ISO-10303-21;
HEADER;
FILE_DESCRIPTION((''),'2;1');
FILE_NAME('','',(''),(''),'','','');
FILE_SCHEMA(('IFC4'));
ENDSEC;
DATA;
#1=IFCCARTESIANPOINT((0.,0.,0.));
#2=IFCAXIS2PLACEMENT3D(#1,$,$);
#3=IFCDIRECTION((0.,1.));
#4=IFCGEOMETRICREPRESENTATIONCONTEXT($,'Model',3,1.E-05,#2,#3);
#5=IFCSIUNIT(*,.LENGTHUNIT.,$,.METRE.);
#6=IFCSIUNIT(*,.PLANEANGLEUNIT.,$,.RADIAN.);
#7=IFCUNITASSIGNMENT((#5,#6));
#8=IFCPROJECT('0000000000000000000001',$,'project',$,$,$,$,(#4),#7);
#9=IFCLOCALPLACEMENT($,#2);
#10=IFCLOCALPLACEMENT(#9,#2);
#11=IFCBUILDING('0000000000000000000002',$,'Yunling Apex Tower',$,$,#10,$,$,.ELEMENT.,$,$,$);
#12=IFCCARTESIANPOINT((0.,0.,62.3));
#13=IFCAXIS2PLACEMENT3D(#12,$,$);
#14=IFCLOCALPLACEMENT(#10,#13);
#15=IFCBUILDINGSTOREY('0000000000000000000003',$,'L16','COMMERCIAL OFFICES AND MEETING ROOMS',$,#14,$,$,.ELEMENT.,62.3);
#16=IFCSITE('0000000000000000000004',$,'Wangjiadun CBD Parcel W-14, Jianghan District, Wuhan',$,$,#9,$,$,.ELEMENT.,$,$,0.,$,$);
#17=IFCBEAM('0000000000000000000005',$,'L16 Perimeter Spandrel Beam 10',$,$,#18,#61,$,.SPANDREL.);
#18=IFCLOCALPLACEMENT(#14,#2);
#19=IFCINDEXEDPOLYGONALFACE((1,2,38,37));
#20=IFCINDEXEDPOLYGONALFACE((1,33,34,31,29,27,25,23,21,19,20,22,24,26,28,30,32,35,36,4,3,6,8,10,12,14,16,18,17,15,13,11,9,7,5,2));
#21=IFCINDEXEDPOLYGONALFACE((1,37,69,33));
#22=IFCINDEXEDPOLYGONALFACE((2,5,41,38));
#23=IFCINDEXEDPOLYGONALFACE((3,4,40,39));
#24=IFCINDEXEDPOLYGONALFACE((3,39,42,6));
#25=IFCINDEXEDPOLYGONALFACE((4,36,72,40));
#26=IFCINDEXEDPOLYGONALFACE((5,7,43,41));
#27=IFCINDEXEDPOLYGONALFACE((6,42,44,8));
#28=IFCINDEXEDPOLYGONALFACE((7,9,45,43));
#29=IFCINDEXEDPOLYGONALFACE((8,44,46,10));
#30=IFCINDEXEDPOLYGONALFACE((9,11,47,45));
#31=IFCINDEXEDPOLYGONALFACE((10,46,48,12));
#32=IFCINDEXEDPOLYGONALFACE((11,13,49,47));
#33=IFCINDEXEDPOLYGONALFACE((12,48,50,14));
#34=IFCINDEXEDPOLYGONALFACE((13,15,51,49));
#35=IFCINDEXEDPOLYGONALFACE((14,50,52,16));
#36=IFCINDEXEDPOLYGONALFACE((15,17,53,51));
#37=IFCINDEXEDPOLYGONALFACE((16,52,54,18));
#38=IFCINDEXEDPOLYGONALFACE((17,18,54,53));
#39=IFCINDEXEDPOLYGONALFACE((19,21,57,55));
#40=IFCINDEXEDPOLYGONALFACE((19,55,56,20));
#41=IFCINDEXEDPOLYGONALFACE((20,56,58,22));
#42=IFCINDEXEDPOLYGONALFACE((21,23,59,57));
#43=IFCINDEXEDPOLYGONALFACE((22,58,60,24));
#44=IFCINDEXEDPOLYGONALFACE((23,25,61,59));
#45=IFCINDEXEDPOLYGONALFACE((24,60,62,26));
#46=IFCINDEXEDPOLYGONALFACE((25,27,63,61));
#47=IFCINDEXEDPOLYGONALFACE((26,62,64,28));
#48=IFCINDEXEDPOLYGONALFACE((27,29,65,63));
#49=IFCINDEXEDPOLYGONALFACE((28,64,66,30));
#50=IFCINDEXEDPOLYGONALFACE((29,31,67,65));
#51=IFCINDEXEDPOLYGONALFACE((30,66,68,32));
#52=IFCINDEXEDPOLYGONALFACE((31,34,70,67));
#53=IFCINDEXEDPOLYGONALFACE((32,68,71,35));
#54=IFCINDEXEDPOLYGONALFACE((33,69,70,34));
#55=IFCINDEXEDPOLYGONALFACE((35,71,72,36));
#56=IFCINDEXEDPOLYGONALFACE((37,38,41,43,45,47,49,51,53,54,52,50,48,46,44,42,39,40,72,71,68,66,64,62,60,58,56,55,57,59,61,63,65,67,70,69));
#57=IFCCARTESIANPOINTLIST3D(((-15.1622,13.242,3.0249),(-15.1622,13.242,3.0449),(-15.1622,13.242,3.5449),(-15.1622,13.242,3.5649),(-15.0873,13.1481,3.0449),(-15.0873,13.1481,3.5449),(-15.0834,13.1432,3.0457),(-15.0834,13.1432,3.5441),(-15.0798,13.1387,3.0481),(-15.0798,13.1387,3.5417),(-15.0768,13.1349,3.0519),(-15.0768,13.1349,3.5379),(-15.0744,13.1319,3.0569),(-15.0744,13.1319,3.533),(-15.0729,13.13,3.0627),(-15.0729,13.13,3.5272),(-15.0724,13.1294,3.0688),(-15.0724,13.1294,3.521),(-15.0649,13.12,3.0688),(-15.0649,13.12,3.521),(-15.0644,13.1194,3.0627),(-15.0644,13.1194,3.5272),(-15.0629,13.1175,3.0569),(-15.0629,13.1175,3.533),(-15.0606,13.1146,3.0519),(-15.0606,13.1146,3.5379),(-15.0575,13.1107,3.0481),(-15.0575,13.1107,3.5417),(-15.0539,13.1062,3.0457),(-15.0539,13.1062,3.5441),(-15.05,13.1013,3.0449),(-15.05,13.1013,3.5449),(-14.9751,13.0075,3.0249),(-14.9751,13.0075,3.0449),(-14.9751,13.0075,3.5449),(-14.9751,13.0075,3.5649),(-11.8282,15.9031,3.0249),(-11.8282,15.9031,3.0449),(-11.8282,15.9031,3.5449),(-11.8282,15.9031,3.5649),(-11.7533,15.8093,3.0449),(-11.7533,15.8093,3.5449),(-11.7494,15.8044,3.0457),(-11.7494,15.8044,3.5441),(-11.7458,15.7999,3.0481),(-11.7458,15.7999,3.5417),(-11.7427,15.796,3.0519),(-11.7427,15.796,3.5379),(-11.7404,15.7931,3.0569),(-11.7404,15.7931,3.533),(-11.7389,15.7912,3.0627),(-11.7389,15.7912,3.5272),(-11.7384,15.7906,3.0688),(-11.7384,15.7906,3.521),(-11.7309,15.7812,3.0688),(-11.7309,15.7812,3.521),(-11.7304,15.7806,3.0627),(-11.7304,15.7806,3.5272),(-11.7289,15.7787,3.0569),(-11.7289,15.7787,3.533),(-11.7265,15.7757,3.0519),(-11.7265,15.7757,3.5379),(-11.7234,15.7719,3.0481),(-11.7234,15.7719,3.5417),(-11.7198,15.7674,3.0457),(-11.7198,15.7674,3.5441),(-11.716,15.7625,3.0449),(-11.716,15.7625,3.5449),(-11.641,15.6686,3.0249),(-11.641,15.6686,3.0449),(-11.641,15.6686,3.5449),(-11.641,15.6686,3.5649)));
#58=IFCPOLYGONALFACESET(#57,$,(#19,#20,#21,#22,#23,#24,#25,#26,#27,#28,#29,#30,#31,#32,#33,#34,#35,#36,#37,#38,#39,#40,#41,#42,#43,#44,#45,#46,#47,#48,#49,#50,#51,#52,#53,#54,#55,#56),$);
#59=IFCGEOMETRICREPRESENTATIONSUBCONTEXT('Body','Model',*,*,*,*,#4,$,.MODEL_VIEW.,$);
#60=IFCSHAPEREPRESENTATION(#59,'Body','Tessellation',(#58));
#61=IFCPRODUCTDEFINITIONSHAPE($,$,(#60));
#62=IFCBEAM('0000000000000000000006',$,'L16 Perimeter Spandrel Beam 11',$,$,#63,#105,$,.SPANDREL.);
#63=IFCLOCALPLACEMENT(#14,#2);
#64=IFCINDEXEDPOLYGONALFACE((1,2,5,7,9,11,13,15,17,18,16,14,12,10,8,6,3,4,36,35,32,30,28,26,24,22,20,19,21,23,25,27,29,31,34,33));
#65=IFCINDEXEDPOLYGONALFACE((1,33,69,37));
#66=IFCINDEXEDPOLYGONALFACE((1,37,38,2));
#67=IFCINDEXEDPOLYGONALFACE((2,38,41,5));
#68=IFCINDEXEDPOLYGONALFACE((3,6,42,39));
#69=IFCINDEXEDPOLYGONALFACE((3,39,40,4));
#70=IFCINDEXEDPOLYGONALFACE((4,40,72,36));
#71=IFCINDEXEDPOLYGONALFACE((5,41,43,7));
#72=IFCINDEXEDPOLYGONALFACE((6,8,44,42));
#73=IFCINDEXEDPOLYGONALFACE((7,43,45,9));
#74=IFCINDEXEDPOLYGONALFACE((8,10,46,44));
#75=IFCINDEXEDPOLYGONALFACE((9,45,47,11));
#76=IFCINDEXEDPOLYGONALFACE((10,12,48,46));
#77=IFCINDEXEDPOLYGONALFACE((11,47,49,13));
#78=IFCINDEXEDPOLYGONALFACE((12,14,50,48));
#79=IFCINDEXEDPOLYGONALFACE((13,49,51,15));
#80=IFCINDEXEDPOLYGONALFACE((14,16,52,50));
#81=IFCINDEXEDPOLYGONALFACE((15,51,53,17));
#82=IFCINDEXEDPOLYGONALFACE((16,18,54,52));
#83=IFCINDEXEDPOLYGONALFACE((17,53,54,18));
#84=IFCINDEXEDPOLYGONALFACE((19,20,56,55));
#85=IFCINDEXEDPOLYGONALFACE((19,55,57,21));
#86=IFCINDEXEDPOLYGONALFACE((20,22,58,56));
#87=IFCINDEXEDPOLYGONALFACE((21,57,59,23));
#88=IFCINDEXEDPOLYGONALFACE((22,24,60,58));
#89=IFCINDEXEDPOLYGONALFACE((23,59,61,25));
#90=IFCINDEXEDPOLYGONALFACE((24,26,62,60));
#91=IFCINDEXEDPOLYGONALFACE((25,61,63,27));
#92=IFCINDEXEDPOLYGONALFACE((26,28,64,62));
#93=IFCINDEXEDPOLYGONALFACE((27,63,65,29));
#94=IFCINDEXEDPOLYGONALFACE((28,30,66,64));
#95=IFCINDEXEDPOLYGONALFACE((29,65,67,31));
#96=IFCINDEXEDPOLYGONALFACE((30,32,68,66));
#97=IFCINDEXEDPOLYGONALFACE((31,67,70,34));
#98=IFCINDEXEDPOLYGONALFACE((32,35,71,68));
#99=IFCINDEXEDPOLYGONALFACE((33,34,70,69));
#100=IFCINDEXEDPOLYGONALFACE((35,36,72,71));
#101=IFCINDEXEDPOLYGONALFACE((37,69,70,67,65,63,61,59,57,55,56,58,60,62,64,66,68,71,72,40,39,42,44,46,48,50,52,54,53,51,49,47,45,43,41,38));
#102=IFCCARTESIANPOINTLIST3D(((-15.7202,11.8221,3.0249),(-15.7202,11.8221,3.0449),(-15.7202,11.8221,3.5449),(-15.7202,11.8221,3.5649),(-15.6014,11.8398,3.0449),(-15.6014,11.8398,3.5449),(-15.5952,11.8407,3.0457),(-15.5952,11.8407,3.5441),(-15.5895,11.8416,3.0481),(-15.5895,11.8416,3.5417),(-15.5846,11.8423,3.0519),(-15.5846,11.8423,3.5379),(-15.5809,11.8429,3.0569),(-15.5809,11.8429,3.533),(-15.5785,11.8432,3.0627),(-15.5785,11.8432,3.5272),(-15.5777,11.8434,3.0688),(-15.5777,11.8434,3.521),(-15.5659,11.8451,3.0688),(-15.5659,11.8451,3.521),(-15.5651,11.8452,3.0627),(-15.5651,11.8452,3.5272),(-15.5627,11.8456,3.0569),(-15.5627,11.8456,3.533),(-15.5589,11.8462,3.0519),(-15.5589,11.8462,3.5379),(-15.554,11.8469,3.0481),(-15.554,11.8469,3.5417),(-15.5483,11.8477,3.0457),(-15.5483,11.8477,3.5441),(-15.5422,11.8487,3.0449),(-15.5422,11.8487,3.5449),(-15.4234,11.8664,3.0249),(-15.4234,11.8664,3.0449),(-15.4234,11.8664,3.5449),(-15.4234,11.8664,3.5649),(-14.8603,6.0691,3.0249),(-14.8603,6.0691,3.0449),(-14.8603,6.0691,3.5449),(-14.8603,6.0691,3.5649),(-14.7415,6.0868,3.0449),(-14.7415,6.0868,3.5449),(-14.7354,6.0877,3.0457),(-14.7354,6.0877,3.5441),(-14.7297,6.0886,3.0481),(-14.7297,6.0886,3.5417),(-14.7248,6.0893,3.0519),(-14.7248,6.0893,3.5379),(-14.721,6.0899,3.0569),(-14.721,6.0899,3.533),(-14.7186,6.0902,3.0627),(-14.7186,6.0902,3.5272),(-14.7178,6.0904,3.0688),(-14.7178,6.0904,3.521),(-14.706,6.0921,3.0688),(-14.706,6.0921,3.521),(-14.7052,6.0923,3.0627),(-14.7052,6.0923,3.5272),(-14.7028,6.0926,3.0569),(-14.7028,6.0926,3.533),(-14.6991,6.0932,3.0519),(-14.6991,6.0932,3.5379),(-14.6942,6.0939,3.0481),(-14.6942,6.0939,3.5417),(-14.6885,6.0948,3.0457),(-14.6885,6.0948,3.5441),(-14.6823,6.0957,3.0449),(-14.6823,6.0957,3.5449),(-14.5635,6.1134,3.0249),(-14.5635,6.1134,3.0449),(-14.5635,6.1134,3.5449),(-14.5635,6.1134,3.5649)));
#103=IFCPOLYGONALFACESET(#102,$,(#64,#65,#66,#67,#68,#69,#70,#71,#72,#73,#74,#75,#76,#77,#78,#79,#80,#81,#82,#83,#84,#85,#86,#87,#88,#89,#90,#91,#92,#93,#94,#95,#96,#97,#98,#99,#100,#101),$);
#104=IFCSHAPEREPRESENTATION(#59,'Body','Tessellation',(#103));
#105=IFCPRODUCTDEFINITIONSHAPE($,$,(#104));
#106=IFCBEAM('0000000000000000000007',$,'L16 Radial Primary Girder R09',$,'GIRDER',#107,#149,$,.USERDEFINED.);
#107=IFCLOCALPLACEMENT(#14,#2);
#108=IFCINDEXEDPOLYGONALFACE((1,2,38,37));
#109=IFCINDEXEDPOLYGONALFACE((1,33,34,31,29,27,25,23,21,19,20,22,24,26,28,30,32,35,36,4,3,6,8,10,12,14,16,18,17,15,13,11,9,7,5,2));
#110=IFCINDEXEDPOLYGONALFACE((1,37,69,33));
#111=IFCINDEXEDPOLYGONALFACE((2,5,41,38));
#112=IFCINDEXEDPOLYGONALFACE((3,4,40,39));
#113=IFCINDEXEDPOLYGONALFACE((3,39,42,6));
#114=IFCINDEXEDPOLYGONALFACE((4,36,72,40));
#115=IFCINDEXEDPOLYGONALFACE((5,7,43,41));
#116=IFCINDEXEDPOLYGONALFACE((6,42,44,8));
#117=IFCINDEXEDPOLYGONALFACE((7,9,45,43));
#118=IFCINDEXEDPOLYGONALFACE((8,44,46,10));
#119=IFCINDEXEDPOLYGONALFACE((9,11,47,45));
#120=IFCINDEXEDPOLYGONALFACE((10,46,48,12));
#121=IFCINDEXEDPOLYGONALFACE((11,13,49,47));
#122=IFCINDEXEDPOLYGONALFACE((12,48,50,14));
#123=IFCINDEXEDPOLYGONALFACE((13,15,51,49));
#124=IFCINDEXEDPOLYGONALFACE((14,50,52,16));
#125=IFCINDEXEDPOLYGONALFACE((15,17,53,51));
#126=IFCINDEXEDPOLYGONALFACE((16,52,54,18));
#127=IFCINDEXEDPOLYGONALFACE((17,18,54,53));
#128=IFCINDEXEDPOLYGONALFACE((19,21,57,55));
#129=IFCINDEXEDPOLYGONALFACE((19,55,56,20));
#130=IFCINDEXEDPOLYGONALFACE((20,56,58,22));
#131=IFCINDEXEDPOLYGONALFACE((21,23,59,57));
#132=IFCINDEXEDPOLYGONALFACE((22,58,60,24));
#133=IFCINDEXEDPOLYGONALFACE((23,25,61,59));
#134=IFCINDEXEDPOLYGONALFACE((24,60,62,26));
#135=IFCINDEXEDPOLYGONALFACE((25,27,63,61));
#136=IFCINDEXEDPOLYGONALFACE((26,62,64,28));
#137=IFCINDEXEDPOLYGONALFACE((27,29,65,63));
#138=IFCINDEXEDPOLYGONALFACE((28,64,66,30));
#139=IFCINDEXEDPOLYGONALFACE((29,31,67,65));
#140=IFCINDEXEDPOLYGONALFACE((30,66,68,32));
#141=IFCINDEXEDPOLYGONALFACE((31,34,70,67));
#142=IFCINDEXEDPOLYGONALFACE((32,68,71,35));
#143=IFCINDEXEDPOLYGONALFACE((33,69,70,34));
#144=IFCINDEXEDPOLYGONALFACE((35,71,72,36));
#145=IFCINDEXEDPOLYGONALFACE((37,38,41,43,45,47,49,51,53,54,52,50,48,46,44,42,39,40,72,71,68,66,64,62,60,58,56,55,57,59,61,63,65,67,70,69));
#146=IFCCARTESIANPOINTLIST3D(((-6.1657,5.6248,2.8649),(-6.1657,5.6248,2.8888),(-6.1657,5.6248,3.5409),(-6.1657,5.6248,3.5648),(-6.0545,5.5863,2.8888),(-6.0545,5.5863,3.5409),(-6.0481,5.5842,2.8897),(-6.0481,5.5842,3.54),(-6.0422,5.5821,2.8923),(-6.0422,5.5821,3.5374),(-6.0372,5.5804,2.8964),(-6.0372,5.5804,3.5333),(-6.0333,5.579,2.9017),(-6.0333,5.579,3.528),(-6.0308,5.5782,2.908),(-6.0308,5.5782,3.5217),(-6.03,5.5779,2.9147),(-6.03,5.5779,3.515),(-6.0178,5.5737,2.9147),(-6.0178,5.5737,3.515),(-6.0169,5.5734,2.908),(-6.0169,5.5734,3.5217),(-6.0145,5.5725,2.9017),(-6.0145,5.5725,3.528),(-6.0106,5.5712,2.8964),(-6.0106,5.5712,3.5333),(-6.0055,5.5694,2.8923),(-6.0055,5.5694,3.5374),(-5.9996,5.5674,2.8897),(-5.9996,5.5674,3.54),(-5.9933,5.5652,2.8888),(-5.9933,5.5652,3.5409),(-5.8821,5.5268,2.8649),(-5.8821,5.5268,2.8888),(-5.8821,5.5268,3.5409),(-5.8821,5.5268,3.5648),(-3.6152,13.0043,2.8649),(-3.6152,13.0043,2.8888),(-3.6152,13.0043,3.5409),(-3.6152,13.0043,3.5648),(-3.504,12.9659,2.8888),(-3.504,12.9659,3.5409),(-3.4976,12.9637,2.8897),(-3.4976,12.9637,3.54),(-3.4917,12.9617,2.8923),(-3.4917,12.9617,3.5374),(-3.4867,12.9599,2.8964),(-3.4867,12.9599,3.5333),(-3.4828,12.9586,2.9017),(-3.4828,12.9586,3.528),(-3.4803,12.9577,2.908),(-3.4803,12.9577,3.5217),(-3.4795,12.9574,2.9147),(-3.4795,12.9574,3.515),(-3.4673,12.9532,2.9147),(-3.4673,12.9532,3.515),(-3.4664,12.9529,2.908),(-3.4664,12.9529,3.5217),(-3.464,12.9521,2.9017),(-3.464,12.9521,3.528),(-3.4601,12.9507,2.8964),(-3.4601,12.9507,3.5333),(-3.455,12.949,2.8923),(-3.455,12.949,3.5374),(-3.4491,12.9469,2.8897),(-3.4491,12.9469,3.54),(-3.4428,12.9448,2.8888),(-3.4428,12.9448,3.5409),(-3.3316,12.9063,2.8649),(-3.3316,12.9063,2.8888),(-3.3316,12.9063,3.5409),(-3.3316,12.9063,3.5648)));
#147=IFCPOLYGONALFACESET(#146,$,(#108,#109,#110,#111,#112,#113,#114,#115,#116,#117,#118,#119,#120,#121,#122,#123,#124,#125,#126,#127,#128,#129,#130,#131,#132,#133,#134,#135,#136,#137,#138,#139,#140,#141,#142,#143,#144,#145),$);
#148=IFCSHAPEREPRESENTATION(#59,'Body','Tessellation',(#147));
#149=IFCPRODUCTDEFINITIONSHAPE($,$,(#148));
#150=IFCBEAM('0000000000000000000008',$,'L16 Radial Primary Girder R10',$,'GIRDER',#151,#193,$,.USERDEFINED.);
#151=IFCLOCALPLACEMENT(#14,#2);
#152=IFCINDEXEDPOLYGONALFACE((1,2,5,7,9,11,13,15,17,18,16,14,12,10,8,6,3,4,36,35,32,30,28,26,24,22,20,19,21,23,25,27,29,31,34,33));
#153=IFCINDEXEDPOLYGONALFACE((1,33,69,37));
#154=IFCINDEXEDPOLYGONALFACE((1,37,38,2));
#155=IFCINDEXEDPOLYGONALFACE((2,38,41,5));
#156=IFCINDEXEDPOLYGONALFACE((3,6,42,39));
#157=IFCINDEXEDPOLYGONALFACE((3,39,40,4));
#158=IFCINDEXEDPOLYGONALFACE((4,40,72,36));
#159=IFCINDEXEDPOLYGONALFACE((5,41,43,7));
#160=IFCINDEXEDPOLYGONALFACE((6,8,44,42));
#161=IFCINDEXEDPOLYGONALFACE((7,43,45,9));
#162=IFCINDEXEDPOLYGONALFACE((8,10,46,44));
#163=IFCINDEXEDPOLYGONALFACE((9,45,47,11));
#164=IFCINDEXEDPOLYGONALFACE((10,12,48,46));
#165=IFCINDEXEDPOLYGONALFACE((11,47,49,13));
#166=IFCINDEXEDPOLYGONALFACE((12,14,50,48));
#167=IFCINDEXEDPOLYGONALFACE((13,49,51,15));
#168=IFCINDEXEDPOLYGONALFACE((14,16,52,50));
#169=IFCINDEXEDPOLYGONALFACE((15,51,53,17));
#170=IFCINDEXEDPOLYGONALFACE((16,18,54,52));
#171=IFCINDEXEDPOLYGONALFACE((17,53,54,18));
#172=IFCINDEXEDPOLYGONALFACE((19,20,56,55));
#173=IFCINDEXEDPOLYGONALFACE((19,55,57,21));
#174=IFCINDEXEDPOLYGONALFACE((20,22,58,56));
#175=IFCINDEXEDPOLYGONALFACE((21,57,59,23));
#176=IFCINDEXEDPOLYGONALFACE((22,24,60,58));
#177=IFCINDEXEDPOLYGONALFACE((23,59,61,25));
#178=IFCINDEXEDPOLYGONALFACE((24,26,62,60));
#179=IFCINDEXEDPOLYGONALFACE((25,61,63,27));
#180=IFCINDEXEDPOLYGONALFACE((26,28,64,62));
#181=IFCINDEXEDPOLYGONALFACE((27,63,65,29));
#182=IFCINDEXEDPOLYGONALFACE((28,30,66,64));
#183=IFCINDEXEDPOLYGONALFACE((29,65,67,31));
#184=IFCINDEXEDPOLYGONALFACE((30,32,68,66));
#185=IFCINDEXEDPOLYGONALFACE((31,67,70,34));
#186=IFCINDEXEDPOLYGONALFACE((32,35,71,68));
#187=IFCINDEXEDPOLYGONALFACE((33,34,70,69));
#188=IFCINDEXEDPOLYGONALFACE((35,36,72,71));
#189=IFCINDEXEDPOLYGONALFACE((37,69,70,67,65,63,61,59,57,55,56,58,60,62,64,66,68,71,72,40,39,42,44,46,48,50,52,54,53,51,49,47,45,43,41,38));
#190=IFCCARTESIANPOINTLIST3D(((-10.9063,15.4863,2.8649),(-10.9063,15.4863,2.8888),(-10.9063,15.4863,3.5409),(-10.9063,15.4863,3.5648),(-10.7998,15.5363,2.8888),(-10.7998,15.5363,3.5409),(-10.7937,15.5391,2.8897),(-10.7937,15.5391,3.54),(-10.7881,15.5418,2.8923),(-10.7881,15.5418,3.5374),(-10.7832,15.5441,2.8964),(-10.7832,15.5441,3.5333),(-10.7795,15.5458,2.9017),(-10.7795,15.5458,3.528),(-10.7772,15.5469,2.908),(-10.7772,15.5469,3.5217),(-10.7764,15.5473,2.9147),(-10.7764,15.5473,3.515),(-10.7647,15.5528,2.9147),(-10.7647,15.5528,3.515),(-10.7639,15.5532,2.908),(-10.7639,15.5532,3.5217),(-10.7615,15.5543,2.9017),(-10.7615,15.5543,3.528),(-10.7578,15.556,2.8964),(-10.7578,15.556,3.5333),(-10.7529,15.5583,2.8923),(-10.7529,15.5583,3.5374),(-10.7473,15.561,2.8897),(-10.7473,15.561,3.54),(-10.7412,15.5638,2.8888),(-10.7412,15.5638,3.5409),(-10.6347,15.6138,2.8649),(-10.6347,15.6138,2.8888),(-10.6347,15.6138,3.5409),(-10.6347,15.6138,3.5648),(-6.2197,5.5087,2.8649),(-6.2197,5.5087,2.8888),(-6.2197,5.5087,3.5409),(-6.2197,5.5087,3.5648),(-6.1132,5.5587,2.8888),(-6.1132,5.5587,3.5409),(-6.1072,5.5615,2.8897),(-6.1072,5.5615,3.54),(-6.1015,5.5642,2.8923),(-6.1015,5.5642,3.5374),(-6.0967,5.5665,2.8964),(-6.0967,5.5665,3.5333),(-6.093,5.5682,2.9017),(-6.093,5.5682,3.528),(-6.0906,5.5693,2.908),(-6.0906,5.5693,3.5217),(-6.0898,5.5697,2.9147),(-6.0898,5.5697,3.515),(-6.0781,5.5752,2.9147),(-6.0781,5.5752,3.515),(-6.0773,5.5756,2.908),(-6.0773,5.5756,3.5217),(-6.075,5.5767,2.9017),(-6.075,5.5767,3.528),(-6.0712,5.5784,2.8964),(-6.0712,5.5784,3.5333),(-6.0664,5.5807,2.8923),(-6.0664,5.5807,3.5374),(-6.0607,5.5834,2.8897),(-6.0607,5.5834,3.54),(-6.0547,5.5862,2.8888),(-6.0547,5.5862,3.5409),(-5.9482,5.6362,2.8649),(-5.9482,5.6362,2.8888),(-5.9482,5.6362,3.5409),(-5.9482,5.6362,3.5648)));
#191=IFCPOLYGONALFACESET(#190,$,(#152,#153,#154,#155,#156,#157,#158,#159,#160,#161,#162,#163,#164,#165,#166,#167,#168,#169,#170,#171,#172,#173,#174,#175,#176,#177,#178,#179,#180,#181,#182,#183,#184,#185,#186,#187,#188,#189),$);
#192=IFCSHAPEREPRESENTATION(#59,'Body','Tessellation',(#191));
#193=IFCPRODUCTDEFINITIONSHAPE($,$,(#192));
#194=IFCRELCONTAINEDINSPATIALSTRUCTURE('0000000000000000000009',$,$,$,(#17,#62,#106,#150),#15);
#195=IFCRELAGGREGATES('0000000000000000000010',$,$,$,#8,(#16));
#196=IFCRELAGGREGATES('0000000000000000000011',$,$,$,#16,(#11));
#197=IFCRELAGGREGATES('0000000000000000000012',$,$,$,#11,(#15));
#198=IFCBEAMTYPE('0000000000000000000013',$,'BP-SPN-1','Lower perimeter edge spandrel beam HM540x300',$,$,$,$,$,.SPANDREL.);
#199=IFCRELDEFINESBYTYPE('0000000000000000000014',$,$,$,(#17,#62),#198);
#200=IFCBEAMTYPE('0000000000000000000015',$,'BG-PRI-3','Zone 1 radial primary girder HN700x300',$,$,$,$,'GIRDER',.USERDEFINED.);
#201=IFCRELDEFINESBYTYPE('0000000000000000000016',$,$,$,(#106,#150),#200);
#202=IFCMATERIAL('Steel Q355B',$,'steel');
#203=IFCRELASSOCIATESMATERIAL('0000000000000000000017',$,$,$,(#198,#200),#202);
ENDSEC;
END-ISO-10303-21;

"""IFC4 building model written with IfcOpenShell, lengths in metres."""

from ifc_helpers import new_model, si_unit, direction, frame, origin, origin_2d, place, context, subcontext, project, spatial, i_section, extrude, source, transform, mapped, material, material_profile, profile_set, type_object, element, save


model = new_model("IFC4")

# Units and contexts
model_context = context("Model", 3, precision=1e-05, world=origin(), true_north=direction((0.0, 1.0)))
body_context = subcontext(model_context, "Body", "Model", "MODEL_VIEW")
ifc_project = project(units=[si_unit("LENGTHUNIT", "METRE"), si_unit("PLANEANGLEUNIT", "RADIAN")], contexts=[model_context])

# Site, building, storey
site_placement = place(None, origin())
site = spatial("IfcSite", under=ifc_project, at=site_placement, Name="Wangjiadun CBD Parcel W-14, Jianghan District, Wuhan", CompositionType="ELEMENT", RefElevation=0.0)
building_placement = place(site_placement, origin())
building = spatial("IfcBuilding", under=site, at=building_placement, Name="Yunling Apex Tower", CompositionType="ELEMENT")
storey_placement = place(building_placement, frame((0.0, 0.0, 62.3)))
storey = spatial("IfcBuildingStorey", under=building, at=storey_placement, Name="L16", Description="COMMERCIAL OFFICES AND MEETING ROOMS", CompositionType="ELEMENT", Elevation=62.3)

# Beams
ifc_material_1 = material(Name="Steel Q355B", Category="steel")
ifc_material_profile_1 = material_profile(ifc_material_1, i_section(OverallWidth=0.3, OverallDepth=0.54, WebThickness=0.012, FlangeThickness=0.02, FilletRadius=0.0239, at=origin_2d()))
ifc_profile_set_1 = profile_set([ifc_material_profile_1], Name="Steel Q355B")
beam_type_1 = type_object("IfcBeamType", Name="BP-SPN-1", Description="Lower perimeter edge spandrel beam HM540x300", PredefinedType="SPANDREL", material=ifc_profile_set_1)
shared_shape_1 = source(origin(), body_context, "Body", "SweptSolid", [
    extrude(i_section(OverallWidth=0.3, OverallDepth=0.54, WebThickness=0.012, FlangeThickness=0.02, FilletRadius=0.0239, at=origin_2d()), origin(), (0.0, 0.0, 1.0), 4.2659),
])
beam_1_placement = place(storey_placement, frame((-11.7346, 15.7859, 3.2949), z_axis=(-0.781561, -0.623829, 0.0), x_axis=(0.623829, -0.781561, 0.0)))
element("IfcBeam", 1, at=beam_1_placement, inside=storey, type_object=beam_type_1, Name="L16 Perimeter Spandrel Beam 10", PredefinedType="SPANDREL", context=body_context, shape_type="MappedRepresentation", body=[
    mapped(shared_shape_1, transform((0.0, 0.0, 0.0), scale=1.0)),
])
shared_shape_2 = source(origin(), body_context, "Body", "SweptSolid", [
    extrude(i_section(OverallWidth=0.3, OverallDepth=0.54, WebThickness=0.012, FlangeThickness=0.02, FilletRadius=0.0239, at=origin_2d()), origin(), (0.0, 0.0, 1.0), 5.8169),
])
beam_2_placement = place(storey_placement, frame((-15.5718, 11.8442, 3.2949), z_axis=(0.147823, -0.989014, 0.0), x_axis=(0.989014, 0.147823, 0.0)))
element("IfcBeam", 2, at=beam_2_placement, inside=storey, type_object=beam_type_1, Name="L16 Perimeter Spandrel Beam 11", PredefinedType="SPANDREL", context=body_context, shape_type="MappedRepresentation", body=[
    mapped(shared_shape_2, transform((0.0, 0.0, 0.0), scale=1.0)),
])
ifc_material_profile_2 = material_profile(ifc_material_1, i_section(OverallWidth=0.3, OverallDepth=0.7, WebThickness=0.0129, FlangeThickness=0.0239, FilletRadius=0.0259, at=origin_2d()))
ifc_profile_set_2 = profile_set([ifc_material_profile_2], Name="Steel Q355B")
beam_type_2 = type_object("IfcBeamType", Name="BG-PRI-3", Description="Zone 1 radial primary girder HN700x300", ElementType="GIRDER", PredefinedType="USERDEFINED", material=ifc_profile_set_2)
shared_shape_3 = source(origin(), body_context, "Body", "SweptSolid", [
    extrude(i_section(OverallWidth=0.3, OverallDepth=0.7, WebThickness=0.0129, FlangeThickness=0.0239, FilletRadius=0.0259, at=origin_2d()), origin(), (0.0, 0.0, 1.0), 7.8079),
])
beam_3_placement = place(storey_placement, frame((-3.4734, 12.9553, 3.2148), z_axis=(-0.326658, -0.945142, 0.0), x_axis=(0.945142, -0.326658, 0.0)))
element("IfcBeam", 3, at=beam_3_placement, inside=storey, type_object=beam_type_2, Name="L16 Radial Primary Girder R09", ObjectType="GIRDER", PredefinedType="USERDEFINED", context=body_context, shape_type="MappedRepresentation", body=[
    mapped(shared_shape_3, transform((0.0, 0.0, 0.0), scale=1.0)),
])
shared_shape_4 = source(origin(), body_context, "Body", "SweptSolid", [
    extrude(i_section(OverallWidth=0.3, OverallDepth=0.7, WebThickness=0.0129, FlangeThickness=0.0239, FilletRadius=0.0259, at=origin_2d()), origin(), (0.0, 0.0, 1.0), 11.0234),
])
beam_4_placement = place(storey_placement, frame((-10.7705, 15.55, 3.2148), z_axis=(0.425144, -0.905126, 0.0), x_axis=(0.905126, 0.425144, 0.0)))
element("IfcBeam", 4, at=beam_4_placement, inside=storey, type_object=beam_type_2, Name="L16 Radial Primary Girder R10", ObjectType="GIRDER", PredefinedType="USERDEFINED", context=body_context, shape_type="MappedRepresentation", body=[
    mapped(shared_shape_4, transform((0.0, 0.0, 0.0), scale=1.0)),
])

save(model, "model.ifc")
